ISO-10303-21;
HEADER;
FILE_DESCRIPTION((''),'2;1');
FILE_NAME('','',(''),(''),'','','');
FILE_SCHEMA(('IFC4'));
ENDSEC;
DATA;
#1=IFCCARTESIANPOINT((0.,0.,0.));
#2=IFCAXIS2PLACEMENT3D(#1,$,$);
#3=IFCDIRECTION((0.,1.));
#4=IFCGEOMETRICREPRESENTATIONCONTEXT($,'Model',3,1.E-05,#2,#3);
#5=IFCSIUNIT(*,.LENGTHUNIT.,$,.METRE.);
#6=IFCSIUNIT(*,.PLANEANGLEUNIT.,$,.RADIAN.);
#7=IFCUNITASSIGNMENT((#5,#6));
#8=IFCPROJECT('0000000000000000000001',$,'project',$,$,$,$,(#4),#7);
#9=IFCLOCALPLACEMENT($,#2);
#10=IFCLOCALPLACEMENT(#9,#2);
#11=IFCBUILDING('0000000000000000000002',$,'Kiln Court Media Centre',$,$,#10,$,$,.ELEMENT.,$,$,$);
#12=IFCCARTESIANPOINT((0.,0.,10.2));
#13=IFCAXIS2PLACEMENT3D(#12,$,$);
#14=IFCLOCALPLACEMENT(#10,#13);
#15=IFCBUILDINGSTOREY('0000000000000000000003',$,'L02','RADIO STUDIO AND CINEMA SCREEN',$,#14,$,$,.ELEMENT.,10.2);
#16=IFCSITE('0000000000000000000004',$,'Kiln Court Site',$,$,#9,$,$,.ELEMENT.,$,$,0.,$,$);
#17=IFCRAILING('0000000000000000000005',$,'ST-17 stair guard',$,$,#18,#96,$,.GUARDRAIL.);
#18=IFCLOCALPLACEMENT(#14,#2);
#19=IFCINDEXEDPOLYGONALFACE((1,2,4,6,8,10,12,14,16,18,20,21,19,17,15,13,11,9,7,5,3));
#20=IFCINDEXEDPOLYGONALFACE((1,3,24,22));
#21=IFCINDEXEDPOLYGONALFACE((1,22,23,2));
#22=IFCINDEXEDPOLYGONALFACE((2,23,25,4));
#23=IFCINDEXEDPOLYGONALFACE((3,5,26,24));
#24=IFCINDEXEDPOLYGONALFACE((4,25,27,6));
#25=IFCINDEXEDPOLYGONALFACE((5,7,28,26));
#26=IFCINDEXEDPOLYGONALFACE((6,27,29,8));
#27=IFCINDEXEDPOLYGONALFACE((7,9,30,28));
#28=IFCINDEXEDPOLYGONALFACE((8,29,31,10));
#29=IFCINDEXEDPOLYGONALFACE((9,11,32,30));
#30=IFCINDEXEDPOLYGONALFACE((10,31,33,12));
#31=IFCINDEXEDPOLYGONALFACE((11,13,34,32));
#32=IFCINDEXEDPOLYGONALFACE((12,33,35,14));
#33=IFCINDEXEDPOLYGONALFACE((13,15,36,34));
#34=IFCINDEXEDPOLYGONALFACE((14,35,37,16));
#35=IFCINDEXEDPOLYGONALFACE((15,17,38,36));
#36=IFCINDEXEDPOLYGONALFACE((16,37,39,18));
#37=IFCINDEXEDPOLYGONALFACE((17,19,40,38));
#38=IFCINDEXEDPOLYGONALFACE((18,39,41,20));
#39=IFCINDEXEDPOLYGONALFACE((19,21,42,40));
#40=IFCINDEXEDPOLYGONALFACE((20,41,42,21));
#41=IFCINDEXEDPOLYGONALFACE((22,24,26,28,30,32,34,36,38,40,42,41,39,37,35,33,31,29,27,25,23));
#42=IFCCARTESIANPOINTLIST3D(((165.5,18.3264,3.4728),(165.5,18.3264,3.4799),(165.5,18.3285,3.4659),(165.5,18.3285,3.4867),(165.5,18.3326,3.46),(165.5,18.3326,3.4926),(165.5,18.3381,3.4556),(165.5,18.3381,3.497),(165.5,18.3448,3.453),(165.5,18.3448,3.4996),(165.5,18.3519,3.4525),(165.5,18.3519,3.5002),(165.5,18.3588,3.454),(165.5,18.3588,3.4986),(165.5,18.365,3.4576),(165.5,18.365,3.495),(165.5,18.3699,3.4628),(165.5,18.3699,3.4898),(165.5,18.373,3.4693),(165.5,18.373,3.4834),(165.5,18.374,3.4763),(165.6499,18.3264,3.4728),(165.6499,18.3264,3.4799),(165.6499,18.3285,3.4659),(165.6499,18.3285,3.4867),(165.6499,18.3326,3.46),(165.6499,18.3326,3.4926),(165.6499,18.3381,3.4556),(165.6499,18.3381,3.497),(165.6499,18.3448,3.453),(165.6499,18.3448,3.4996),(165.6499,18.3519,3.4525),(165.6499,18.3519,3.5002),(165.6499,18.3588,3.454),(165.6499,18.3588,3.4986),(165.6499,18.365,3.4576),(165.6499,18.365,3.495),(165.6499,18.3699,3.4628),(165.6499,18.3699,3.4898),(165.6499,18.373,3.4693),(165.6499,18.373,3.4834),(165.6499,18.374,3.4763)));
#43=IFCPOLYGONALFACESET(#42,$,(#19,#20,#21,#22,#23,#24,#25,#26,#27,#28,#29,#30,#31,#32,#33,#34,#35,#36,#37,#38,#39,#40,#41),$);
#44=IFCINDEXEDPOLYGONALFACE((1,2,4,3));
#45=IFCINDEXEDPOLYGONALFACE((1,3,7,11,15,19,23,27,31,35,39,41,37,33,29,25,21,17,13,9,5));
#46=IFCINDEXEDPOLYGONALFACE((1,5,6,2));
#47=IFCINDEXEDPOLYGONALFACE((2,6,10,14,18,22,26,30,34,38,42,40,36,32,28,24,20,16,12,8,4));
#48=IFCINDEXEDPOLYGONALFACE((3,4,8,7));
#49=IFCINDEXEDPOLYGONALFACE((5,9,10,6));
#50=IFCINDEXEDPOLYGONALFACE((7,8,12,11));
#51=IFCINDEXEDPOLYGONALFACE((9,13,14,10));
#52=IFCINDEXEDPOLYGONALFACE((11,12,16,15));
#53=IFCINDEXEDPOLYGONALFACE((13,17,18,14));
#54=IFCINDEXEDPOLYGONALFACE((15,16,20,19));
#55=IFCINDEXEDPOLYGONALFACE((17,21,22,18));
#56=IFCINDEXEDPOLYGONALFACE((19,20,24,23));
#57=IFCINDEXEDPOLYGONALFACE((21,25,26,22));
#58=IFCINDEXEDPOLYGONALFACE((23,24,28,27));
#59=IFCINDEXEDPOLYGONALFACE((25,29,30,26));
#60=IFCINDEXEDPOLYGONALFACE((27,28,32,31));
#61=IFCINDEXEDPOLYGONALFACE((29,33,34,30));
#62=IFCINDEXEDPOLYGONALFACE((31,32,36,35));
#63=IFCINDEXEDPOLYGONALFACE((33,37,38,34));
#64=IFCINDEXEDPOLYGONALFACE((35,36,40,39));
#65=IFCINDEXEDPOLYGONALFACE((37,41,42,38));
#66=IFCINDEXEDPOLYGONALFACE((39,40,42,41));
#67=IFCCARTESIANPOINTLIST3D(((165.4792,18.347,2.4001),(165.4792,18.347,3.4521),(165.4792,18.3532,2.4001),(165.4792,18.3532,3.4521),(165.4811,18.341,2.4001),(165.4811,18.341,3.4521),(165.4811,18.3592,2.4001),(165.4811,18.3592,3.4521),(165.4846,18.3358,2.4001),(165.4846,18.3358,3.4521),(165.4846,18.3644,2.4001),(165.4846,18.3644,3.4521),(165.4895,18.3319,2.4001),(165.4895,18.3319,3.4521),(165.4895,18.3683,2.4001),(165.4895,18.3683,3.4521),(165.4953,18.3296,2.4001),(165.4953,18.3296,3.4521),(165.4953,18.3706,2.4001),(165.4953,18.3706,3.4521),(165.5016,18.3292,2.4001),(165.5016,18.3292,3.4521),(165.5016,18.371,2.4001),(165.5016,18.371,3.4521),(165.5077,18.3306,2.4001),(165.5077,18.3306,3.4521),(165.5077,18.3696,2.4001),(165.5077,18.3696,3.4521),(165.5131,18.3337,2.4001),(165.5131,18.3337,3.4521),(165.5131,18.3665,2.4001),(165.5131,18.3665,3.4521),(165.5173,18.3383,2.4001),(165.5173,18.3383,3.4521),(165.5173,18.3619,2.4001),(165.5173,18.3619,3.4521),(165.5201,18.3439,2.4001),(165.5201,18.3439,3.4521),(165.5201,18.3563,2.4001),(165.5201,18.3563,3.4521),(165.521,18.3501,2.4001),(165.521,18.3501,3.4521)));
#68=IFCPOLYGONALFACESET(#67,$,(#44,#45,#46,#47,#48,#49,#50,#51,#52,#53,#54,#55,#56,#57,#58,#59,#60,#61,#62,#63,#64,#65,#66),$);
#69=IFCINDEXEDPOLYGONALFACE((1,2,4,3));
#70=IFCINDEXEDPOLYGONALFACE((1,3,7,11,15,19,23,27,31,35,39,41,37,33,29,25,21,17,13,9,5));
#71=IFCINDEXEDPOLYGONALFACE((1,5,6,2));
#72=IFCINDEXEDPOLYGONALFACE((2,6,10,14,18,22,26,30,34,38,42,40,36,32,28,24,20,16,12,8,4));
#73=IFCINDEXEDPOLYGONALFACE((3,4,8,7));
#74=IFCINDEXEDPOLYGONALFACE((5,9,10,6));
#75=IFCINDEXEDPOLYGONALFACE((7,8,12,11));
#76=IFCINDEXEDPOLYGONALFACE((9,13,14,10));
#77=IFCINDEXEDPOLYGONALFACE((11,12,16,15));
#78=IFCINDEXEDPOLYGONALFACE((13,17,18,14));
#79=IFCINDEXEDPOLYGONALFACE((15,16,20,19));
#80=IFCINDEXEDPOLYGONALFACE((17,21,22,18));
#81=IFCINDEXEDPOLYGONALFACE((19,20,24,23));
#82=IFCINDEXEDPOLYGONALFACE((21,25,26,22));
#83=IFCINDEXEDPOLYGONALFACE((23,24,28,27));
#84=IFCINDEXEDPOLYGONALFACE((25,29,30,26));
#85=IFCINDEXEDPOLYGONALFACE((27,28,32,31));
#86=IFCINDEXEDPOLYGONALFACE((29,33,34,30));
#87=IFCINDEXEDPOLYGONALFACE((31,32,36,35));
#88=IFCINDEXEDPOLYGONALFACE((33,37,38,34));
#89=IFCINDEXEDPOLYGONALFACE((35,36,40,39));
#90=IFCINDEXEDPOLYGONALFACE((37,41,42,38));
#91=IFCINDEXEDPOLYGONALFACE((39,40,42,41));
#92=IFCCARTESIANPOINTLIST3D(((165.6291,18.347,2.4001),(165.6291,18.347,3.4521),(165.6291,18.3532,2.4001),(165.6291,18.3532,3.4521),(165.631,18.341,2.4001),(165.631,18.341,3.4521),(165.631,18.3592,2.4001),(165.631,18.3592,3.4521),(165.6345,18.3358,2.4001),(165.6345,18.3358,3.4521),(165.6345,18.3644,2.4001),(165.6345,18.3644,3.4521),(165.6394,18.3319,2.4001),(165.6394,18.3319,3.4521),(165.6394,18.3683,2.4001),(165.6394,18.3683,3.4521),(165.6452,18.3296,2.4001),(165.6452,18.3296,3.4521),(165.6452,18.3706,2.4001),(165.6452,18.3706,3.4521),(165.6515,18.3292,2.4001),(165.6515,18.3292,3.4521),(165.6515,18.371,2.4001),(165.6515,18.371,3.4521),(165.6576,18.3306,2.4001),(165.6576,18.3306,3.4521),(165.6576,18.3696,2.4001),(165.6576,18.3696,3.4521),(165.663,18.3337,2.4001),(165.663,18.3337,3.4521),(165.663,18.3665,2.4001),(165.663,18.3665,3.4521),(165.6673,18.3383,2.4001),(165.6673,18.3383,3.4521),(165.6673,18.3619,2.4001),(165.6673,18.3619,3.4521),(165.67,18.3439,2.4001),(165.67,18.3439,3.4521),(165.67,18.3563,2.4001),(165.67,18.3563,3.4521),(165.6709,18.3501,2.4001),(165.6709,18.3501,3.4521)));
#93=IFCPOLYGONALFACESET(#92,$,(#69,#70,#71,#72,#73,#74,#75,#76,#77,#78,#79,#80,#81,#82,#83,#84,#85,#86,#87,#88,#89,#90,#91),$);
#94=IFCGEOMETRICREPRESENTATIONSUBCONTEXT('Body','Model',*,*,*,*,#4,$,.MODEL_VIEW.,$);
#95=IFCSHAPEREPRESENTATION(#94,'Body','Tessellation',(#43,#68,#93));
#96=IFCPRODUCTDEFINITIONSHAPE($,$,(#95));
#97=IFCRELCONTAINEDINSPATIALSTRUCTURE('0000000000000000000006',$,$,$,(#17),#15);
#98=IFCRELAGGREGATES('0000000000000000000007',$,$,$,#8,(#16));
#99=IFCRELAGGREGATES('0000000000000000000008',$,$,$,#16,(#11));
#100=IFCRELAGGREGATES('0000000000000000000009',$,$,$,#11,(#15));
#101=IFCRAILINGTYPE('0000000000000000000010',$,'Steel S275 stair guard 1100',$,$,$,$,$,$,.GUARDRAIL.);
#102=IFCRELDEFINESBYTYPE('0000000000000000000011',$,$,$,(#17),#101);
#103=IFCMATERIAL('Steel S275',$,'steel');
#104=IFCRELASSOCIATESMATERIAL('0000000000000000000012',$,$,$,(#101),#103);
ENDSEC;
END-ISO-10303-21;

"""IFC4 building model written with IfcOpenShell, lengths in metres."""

from ifc_helpers import new_model, si_unit, direction, frame, origin, origin_2d, place, context, subcontext, project, spatial, circle, extrude, material, type_object, element, save


model = new_model("IFC4")

# Units and contexts
model_context = context("Model", 3, precision=1e-05, world=origin(), true_north=direction((0.0, 1.0)))
body_context = subcontext(model_context, "Body", "Model", "MODEL_VIEW")
ifc_project = project(units=[si_unit("LENGTHUNIT", "METRE"), si_unit("PLANEANGLEUNIT", "RADIAN")], contexts=[model_context])

# Site, building, storey
site_placement = place(None, origin())
site = spatial("IfcSite", under=ifc_project, at=site_placement, Name="Kiln Court Site", CompositionType="ELEMENT", RefElevation=0.0)
building_placement = place(site_placement, origin())
building = spatial("IfcBuilding", under=site, at=building_placement, Name="Kiln Court Media Centre", CompositionType="ELEMENT")
storey_placement = place(building_placement, frame((0.0, 0.0, 10.2)))
storey = spatial("IfcBuildingStorey", under=building, at=storey_placement, Name="L02", Description="RADIO STUDIO AND CINEMA SCREEN", CompositionType="ELEMENT", Elevation=10.2)

# Railing
ifc_material_1 = material(Name="Steel S275", Category="steel")
railing_type_1 = type_object("IfcRailingType", Name="Steel S275 stair guard 1100", PredefinedType="GUARDRAIL", material=ifc_material_1)
railing_1_placement = place(storey_placement, frame((165.5, 18.3501, 2.4001)))
element("IfcRailing", 1, at=railing_1_placement, inside=storey, type_object=railing_type_1, Name="ST-17 stair guard", PredefinedType="GUARDRAIL", context=body_context, shape_type="SweptSolid", body=[
    extrude(circle(Radius=0.0239, at=origin_2d()), frame((0.0, 0.0, 1.0762), z_axis=(1.0, 0.0, 0.0), x_axis=(0.0, 1.0, 0.0)), (0.0, 0.0, 1.0), 0.1499),
    extrude(circle(Radius=0.021, at=origin_2d()), origin(), (0.0, 0.0, 1.0), 1.052),
    extrude(circle(Radius=0.021, at=origin_2d()), frame((0.1499, 0.0, 0.0)), (0.0, 0.0, 1.0), 1.052),
])

save(model, "model.ifc")
